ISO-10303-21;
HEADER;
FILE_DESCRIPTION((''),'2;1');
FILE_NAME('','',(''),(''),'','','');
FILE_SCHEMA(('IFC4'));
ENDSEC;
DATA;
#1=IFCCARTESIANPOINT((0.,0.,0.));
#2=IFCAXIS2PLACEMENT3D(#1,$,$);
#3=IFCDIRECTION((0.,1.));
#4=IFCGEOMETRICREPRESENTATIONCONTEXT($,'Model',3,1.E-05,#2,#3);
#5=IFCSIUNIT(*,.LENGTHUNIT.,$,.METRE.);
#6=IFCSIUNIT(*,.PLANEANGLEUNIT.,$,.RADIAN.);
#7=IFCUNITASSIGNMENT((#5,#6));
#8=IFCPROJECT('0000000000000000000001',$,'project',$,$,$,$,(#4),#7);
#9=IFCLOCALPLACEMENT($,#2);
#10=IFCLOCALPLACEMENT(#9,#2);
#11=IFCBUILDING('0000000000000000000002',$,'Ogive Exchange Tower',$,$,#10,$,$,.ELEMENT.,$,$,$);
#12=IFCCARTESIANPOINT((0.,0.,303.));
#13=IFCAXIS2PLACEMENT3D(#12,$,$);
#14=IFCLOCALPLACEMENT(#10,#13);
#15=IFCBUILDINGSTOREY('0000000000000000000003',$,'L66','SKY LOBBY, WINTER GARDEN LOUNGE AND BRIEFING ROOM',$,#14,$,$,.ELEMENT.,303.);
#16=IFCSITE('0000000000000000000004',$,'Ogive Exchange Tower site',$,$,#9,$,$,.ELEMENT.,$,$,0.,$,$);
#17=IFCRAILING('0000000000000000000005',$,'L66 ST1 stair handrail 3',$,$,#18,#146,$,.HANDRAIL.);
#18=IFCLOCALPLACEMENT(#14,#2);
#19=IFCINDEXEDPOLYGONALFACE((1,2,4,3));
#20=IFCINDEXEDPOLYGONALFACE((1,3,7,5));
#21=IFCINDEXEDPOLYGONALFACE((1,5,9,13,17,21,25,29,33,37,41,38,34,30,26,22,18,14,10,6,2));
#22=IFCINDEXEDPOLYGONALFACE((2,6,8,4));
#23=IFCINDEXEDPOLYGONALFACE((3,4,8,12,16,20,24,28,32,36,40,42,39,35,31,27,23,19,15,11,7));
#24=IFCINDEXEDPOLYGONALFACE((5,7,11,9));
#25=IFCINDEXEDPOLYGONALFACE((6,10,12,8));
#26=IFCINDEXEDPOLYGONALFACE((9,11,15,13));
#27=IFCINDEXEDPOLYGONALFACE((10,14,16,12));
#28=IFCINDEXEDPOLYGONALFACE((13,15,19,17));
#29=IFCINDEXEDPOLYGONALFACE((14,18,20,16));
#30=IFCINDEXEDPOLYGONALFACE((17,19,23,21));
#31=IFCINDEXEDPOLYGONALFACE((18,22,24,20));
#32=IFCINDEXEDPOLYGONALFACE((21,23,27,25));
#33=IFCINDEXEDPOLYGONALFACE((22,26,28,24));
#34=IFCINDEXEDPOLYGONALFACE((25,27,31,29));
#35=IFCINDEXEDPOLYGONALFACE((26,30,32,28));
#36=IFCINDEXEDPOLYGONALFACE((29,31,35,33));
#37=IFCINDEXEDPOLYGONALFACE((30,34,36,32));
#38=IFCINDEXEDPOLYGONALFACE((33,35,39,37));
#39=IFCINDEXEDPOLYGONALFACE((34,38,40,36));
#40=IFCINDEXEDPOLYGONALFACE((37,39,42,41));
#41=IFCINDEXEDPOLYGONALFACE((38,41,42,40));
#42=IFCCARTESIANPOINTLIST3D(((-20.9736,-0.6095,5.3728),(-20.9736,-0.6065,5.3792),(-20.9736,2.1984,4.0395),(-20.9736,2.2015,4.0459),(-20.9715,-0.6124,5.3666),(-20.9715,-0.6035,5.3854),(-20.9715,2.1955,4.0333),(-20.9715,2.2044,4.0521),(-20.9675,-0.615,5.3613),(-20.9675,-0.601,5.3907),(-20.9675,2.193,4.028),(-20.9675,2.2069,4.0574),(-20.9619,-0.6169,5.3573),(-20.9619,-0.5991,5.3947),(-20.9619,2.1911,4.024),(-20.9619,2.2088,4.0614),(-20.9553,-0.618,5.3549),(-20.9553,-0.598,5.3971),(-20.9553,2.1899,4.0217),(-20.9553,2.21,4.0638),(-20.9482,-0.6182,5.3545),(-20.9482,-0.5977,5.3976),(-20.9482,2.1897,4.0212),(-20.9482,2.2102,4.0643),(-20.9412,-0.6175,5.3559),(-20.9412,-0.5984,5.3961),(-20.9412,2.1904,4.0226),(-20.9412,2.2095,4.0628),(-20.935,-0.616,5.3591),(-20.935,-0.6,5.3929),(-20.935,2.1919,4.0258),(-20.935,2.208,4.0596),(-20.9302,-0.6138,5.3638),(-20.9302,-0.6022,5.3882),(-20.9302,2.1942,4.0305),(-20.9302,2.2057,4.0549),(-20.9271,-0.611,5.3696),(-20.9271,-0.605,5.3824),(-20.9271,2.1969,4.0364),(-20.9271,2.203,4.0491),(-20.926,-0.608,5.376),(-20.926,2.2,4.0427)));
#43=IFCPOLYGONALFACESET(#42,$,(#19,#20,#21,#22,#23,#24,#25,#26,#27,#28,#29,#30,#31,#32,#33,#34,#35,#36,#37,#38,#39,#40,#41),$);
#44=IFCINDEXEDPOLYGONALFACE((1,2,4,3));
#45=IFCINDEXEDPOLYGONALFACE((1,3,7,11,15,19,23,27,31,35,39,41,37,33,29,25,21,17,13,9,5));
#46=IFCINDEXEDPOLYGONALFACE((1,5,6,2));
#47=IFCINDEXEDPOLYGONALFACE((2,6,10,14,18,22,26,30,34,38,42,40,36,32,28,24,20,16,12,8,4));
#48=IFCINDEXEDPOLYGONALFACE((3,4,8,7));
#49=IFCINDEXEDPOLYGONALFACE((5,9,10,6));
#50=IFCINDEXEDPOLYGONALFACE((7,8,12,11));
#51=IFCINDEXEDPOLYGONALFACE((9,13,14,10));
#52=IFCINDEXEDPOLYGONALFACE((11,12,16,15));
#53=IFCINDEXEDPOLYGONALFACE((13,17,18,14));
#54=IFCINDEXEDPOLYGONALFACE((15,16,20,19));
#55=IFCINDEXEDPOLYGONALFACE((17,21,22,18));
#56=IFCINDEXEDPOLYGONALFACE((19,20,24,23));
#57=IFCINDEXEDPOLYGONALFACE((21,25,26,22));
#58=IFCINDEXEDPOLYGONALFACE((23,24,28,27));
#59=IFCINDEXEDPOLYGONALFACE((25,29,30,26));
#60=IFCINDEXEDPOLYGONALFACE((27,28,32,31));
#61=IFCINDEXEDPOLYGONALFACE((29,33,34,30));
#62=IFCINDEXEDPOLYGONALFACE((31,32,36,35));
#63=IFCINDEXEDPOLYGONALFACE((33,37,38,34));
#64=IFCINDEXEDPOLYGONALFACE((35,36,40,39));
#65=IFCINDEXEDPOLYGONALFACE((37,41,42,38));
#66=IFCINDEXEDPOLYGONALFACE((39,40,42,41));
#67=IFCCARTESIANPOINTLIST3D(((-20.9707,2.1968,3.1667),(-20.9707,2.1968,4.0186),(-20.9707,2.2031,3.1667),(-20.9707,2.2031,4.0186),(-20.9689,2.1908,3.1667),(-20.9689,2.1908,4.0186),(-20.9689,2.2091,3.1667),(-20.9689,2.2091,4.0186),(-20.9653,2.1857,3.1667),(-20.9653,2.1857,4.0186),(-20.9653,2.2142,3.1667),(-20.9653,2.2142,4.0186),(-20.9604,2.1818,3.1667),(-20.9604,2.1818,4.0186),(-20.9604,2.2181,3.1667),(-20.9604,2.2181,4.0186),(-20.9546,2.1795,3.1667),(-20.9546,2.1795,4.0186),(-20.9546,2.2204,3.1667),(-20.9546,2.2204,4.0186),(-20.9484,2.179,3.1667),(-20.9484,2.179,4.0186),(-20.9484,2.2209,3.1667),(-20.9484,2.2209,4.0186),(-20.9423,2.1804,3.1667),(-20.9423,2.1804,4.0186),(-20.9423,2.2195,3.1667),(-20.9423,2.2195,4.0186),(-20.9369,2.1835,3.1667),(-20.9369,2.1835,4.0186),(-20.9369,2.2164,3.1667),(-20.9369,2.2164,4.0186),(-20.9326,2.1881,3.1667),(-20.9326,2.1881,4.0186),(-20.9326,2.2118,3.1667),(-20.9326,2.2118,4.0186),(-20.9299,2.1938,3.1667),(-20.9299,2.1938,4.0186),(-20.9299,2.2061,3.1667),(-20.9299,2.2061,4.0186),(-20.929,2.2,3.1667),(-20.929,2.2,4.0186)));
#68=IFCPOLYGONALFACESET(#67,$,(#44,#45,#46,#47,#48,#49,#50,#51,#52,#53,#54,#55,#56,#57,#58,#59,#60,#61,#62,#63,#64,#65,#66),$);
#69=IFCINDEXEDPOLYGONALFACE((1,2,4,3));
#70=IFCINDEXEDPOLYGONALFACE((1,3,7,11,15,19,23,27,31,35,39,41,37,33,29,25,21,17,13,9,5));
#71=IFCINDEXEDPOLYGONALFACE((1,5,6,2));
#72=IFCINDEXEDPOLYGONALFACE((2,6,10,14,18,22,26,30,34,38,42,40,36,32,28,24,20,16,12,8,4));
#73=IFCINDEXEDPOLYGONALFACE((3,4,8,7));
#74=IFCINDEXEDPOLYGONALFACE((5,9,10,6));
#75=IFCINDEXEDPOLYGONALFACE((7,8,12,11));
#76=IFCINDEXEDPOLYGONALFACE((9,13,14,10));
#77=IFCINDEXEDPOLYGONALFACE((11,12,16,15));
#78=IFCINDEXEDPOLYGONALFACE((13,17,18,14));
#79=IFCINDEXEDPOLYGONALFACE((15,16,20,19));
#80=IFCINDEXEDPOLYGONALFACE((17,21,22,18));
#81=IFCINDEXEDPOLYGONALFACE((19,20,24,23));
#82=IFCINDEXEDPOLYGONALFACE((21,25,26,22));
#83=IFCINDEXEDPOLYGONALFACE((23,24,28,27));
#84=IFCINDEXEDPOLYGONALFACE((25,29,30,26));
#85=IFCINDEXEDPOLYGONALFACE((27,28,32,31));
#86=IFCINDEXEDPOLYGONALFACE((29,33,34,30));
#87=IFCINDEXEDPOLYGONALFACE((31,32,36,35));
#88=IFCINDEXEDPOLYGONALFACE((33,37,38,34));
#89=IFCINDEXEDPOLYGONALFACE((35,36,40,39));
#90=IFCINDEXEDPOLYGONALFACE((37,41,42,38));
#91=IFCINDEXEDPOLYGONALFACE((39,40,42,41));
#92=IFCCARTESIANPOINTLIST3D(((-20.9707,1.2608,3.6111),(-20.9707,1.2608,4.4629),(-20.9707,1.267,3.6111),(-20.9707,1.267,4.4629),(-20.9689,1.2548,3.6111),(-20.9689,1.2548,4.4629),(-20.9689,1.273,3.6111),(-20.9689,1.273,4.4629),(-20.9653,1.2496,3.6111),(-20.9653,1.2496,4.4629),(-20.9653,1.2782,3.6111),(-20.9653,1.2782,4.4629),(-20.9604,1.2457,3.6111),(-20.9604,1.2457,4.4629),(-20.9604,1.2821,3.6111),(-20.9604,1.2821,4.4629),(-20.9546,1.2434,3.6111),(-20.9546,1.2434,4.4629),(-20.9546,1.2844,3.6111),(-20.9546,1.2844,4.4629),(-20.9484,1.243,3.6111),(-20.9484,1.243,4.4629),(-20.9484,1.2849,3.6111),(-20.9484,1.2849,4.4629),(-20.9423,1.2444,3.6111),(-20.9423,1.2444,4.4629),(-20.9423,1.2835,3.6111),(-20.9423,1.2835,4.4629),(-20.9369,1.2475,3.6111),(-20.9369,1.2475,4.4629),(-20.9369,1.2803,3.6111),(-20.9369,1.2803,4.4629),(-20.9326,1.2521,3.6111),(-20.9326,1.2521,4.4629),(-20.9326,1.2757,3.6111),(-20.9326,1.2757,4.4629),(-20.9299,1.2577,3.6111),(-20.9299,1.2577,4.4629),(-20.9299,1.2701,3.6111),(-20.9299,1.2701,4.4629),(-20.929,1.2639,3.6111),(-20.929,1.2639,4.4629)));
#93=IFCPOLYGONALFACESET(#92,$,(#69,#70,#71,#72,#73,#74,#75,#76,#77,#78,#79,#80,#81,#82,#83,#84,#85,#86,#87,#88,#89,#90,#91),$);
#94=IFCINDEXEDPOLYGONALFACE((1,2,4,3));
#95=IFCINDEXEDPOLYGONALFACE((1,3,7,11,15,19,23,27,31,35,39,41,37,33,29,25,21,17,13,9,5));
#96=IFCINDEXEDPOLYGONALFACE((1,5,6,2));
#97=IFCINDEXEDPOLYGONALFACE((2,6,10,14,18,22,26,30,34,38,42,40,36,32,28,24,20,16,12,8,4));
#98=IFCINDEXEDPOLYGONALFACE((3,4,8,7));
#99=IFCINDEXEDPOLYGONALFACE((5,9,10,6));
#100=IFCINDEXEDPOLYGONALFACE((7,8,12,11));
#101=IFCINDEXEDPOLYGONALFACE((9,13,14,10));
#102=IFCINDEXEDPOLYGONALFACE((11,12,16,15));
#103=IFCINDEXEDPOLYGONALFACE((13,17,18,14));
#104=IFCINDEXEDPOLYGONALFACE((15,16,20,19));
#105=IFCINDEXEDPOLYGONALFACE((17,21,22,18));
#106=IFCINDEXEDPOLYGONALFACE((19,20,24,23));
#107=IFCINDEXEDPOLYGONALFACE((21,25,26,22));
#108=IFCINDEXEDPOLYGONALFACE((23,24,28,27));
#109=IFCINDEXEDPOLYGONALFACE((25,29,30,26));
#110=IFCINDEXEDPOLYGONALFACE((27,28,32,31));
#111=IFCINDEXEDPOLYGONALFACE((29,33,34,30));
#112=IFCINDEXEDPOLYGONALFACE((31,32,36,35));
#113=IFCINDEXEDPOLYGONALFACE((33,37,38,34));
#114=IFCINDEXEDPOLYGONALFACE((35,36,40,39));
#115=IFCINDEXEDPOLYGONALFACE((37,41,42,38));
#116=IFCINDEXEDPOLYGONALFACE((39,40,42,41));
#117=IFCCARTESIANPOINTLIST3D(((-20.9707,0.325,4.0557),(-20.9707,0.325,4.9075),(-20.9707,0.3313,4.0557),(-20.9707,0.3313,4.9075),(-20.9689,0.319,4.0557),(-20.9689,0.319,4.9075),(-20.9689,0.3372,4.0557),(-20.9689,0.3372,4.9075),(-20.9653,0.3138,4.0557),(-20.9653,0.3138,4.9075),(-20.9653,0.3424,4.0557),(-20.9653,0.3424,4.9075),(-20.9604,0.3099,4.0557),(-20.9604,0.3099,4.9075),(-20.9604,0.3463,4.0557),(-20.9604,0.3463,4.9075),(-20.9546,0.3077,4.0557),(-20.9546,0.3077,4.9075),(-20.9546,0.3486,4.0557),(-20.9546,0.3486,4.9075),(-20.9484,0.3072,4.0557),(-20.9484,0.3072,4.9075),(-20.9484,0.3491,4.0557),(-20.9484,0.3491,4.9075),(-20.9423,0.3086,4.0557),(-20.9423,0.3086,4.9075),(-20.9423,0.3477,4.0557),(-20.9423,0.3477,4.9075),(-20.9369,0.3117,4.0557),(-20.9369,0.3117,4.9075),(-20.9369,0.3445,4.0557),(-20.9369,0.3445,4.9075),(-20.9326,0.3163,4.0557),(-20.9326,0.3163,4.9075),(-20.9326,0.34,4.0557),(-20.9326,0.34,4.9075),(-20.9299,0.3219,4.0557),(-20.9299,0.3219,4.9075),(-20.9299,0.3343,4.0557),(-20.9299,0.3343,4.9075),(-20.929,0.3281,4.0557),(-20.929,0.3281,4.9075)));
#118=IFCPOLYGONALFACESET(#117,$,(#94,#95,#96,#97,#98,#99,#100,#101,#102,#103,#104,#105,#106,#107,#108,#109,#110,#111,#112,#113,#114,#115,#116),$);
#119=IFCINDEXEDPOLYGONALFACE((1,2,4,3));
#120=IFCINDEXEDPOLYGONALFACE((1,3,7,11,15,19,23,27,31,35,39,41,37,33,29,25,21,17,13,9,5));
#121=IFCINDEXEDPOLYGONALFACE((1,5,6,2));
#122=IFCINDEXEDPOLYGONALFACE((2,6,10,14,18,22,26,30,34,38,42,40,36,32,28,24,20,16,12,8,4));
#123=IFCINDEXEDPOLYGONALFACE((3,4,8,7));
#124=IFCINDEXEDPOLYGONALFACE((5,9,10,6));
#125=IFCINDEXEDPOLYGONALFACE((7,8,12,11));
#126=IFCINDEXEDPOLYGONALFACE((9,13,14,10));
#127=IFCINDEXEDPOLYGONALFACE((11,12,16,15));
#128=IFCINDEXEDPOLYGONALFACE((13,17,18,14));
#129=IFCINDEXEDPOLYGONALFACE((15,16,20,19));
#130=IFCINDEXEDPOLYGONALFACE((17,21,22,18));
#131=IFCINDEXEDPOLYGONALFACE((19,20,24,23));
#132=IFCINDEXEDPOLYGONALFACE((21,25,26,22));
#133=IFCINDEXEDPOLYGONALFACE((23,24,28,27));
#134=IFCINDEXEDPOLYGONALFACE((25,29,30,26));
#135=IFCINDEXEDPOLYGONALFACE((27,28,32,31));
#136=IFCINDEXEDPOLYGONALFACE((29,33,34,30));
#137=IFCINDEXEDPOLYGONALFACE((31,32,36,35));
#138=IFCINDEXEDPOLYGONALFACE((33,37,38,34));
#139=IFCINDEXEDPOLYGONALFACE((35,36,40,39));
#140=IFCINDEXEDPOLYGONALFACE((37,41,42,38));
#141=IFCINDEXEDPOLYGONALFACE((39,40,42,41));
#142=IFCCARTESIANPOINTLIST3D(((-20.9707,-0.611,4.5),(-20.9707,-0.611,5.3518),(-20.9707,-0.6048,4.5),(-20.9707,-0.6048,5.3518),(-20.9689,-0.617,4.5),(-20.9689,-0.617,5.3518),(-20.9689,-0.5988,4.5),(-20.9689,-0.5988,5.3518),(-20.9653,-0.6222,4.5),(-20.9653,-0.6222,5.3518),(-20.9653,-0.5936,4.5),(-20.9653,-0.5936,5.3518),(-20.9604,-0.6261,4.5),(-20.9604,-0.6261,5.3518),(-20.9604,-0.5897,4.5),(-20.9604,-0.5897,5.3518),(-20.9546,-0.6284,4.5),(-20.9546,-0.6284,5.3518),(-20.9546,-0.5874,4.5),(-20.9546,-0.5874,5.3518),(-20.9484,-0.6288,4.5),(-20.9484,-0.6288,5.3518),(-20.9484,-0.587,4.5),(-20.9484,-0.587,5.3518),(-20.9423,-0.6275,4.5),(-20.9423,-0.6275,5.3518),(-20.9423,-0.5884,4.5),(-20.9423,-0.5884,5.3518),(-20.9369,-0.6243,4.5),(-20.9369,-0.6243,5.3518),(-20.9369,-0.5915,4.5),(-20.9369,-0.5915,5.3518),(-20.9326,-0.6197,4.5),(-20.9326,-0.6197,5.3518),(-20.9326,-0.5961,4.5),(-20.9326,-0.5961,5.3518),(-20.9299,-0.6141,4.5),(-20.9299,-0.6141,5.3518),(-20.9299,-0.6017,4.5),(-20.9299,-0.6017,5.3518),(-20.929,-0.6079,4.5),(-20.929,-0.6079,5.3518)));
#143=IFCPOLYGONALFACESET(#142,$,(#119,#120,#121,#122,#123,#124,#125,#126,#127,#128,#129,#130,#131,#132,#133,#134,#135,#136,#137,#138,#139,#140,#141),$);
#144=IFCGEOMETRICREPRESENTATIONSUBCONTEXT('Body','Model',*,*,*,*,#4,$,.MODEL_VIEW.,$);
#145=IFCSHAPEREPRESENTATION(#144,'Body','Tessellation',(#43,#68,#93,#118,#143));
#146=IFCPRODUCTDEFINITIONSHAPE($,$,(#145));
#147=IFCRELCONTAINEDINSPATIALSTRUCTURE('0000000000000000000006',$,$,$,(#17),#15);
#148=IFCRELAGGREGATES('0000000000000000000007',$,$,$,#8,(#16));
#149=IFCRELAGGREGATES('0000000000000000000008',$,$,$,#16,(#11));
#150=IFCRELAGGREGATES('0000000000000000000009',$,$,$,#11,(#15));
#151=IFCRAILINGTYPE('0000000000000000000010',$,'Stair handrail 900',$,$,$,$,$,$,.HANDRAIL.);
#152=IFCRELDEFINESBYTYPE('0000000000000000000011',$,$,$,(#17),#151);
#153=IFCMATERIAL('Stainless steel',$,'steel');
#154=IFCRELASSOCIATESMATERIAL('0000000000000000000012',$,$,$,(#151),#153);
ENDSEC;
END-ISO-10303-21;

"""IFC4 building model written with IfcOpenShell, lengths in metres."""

from ifc_helpers import new_model, si_unit, direction, frame, origin, origin_2d, place, context, subcontext, project, spatial, circle, extrude, material, type_object, element, save


model = new_model("IFC4")

# Units and contexts
model_context = context("Model", 3, precision=1e-05, world=origin(), true_north=direction((0.0, 1.0)))
body_context = subcontext(model_context, "Body", "Model", "MODEL_VIEW")
ifc_project = project(units=[si_unit("LENGTHUNIT", "METRE"), si_unit("PLANEANGLEUNIT", "RADIAN")], contexts=[model_context])

# Site, building, storey
site_placement = place(None, origin())
site = spatial("IfcSite", under=ifc_project, at=site_placement, Name="Ogive Exchange Tower site", CompositionType="ELEMENT", RefElevation=0.0)
building_placement = place(site_placement, origin())
building = spatial("IfcBuilding", under=site, at=building_placement, Name="Ogive Exchange Tower", CompositionType="ELEMENT")
storey_placement = place(building_placement, frame((0.0, 0.0, 303.0)))
storey = spatial("IfcBuildingStorey", under=building, at=storey_placement, Name="L66", Description="SKY LOBBY, WINTER GARDEN LOUNGE AND BRIEFING ROOM", CompositionType="ELEMENT", Elevation=303.0)

# Railing
ifc_material_1 = material(Name="Stainless steel", Category="steel")
railing_type = type_object("IfcRailingType", Name="Stair handrail 900", PredefinedType="HANDRAIL", material=ifc_material_1)
for number, where, name in (
    (1, (-20.95, 2.2, 3.1667), "L66 ST1 stair handrail 3"),
):
    element("IfcRailing", number, at=place(storey_placement, frame(where)), inside=storey, type_object=railing_type, Name=name, PredefinedType="HANDRAIL", context=body_context, shape_type="SweptSolid", body=[
        extrude(circle(Radius=0.0239, at=origin_2d()), frame((0.0, 0.0, 0.876), z_axis=(0.0, -0.903338, 0.42893), x_axis=(1.0, 0.0, 0.0)), (0.0, 0.0, 1.0), 3.1084),
        extrude(circle(Radius=0.021, at=origin_2d()), origin(), (0.0, 0.0, 1.0), 0.8518),
        extrude(circle(Radius=0.021, at=origin_2d()), frame((0.0, -0.936, 0.4443)), (0.0, 0.0, 1.0), 0.8518),
        extrude(circle(Radius=0.021, at=origin_2d()), frame((0.0, -1.8718, 0.8889)), (0.0, 0.0, 1.0), 0.8518),
        extrude(circle(Radius=0.021, at=origin_2d()), frame((0.0, -2.8079, 1.3333)), (0.0, 0.0, 1.0), 0.8518),
    ])

save(model, "model.ifc")
